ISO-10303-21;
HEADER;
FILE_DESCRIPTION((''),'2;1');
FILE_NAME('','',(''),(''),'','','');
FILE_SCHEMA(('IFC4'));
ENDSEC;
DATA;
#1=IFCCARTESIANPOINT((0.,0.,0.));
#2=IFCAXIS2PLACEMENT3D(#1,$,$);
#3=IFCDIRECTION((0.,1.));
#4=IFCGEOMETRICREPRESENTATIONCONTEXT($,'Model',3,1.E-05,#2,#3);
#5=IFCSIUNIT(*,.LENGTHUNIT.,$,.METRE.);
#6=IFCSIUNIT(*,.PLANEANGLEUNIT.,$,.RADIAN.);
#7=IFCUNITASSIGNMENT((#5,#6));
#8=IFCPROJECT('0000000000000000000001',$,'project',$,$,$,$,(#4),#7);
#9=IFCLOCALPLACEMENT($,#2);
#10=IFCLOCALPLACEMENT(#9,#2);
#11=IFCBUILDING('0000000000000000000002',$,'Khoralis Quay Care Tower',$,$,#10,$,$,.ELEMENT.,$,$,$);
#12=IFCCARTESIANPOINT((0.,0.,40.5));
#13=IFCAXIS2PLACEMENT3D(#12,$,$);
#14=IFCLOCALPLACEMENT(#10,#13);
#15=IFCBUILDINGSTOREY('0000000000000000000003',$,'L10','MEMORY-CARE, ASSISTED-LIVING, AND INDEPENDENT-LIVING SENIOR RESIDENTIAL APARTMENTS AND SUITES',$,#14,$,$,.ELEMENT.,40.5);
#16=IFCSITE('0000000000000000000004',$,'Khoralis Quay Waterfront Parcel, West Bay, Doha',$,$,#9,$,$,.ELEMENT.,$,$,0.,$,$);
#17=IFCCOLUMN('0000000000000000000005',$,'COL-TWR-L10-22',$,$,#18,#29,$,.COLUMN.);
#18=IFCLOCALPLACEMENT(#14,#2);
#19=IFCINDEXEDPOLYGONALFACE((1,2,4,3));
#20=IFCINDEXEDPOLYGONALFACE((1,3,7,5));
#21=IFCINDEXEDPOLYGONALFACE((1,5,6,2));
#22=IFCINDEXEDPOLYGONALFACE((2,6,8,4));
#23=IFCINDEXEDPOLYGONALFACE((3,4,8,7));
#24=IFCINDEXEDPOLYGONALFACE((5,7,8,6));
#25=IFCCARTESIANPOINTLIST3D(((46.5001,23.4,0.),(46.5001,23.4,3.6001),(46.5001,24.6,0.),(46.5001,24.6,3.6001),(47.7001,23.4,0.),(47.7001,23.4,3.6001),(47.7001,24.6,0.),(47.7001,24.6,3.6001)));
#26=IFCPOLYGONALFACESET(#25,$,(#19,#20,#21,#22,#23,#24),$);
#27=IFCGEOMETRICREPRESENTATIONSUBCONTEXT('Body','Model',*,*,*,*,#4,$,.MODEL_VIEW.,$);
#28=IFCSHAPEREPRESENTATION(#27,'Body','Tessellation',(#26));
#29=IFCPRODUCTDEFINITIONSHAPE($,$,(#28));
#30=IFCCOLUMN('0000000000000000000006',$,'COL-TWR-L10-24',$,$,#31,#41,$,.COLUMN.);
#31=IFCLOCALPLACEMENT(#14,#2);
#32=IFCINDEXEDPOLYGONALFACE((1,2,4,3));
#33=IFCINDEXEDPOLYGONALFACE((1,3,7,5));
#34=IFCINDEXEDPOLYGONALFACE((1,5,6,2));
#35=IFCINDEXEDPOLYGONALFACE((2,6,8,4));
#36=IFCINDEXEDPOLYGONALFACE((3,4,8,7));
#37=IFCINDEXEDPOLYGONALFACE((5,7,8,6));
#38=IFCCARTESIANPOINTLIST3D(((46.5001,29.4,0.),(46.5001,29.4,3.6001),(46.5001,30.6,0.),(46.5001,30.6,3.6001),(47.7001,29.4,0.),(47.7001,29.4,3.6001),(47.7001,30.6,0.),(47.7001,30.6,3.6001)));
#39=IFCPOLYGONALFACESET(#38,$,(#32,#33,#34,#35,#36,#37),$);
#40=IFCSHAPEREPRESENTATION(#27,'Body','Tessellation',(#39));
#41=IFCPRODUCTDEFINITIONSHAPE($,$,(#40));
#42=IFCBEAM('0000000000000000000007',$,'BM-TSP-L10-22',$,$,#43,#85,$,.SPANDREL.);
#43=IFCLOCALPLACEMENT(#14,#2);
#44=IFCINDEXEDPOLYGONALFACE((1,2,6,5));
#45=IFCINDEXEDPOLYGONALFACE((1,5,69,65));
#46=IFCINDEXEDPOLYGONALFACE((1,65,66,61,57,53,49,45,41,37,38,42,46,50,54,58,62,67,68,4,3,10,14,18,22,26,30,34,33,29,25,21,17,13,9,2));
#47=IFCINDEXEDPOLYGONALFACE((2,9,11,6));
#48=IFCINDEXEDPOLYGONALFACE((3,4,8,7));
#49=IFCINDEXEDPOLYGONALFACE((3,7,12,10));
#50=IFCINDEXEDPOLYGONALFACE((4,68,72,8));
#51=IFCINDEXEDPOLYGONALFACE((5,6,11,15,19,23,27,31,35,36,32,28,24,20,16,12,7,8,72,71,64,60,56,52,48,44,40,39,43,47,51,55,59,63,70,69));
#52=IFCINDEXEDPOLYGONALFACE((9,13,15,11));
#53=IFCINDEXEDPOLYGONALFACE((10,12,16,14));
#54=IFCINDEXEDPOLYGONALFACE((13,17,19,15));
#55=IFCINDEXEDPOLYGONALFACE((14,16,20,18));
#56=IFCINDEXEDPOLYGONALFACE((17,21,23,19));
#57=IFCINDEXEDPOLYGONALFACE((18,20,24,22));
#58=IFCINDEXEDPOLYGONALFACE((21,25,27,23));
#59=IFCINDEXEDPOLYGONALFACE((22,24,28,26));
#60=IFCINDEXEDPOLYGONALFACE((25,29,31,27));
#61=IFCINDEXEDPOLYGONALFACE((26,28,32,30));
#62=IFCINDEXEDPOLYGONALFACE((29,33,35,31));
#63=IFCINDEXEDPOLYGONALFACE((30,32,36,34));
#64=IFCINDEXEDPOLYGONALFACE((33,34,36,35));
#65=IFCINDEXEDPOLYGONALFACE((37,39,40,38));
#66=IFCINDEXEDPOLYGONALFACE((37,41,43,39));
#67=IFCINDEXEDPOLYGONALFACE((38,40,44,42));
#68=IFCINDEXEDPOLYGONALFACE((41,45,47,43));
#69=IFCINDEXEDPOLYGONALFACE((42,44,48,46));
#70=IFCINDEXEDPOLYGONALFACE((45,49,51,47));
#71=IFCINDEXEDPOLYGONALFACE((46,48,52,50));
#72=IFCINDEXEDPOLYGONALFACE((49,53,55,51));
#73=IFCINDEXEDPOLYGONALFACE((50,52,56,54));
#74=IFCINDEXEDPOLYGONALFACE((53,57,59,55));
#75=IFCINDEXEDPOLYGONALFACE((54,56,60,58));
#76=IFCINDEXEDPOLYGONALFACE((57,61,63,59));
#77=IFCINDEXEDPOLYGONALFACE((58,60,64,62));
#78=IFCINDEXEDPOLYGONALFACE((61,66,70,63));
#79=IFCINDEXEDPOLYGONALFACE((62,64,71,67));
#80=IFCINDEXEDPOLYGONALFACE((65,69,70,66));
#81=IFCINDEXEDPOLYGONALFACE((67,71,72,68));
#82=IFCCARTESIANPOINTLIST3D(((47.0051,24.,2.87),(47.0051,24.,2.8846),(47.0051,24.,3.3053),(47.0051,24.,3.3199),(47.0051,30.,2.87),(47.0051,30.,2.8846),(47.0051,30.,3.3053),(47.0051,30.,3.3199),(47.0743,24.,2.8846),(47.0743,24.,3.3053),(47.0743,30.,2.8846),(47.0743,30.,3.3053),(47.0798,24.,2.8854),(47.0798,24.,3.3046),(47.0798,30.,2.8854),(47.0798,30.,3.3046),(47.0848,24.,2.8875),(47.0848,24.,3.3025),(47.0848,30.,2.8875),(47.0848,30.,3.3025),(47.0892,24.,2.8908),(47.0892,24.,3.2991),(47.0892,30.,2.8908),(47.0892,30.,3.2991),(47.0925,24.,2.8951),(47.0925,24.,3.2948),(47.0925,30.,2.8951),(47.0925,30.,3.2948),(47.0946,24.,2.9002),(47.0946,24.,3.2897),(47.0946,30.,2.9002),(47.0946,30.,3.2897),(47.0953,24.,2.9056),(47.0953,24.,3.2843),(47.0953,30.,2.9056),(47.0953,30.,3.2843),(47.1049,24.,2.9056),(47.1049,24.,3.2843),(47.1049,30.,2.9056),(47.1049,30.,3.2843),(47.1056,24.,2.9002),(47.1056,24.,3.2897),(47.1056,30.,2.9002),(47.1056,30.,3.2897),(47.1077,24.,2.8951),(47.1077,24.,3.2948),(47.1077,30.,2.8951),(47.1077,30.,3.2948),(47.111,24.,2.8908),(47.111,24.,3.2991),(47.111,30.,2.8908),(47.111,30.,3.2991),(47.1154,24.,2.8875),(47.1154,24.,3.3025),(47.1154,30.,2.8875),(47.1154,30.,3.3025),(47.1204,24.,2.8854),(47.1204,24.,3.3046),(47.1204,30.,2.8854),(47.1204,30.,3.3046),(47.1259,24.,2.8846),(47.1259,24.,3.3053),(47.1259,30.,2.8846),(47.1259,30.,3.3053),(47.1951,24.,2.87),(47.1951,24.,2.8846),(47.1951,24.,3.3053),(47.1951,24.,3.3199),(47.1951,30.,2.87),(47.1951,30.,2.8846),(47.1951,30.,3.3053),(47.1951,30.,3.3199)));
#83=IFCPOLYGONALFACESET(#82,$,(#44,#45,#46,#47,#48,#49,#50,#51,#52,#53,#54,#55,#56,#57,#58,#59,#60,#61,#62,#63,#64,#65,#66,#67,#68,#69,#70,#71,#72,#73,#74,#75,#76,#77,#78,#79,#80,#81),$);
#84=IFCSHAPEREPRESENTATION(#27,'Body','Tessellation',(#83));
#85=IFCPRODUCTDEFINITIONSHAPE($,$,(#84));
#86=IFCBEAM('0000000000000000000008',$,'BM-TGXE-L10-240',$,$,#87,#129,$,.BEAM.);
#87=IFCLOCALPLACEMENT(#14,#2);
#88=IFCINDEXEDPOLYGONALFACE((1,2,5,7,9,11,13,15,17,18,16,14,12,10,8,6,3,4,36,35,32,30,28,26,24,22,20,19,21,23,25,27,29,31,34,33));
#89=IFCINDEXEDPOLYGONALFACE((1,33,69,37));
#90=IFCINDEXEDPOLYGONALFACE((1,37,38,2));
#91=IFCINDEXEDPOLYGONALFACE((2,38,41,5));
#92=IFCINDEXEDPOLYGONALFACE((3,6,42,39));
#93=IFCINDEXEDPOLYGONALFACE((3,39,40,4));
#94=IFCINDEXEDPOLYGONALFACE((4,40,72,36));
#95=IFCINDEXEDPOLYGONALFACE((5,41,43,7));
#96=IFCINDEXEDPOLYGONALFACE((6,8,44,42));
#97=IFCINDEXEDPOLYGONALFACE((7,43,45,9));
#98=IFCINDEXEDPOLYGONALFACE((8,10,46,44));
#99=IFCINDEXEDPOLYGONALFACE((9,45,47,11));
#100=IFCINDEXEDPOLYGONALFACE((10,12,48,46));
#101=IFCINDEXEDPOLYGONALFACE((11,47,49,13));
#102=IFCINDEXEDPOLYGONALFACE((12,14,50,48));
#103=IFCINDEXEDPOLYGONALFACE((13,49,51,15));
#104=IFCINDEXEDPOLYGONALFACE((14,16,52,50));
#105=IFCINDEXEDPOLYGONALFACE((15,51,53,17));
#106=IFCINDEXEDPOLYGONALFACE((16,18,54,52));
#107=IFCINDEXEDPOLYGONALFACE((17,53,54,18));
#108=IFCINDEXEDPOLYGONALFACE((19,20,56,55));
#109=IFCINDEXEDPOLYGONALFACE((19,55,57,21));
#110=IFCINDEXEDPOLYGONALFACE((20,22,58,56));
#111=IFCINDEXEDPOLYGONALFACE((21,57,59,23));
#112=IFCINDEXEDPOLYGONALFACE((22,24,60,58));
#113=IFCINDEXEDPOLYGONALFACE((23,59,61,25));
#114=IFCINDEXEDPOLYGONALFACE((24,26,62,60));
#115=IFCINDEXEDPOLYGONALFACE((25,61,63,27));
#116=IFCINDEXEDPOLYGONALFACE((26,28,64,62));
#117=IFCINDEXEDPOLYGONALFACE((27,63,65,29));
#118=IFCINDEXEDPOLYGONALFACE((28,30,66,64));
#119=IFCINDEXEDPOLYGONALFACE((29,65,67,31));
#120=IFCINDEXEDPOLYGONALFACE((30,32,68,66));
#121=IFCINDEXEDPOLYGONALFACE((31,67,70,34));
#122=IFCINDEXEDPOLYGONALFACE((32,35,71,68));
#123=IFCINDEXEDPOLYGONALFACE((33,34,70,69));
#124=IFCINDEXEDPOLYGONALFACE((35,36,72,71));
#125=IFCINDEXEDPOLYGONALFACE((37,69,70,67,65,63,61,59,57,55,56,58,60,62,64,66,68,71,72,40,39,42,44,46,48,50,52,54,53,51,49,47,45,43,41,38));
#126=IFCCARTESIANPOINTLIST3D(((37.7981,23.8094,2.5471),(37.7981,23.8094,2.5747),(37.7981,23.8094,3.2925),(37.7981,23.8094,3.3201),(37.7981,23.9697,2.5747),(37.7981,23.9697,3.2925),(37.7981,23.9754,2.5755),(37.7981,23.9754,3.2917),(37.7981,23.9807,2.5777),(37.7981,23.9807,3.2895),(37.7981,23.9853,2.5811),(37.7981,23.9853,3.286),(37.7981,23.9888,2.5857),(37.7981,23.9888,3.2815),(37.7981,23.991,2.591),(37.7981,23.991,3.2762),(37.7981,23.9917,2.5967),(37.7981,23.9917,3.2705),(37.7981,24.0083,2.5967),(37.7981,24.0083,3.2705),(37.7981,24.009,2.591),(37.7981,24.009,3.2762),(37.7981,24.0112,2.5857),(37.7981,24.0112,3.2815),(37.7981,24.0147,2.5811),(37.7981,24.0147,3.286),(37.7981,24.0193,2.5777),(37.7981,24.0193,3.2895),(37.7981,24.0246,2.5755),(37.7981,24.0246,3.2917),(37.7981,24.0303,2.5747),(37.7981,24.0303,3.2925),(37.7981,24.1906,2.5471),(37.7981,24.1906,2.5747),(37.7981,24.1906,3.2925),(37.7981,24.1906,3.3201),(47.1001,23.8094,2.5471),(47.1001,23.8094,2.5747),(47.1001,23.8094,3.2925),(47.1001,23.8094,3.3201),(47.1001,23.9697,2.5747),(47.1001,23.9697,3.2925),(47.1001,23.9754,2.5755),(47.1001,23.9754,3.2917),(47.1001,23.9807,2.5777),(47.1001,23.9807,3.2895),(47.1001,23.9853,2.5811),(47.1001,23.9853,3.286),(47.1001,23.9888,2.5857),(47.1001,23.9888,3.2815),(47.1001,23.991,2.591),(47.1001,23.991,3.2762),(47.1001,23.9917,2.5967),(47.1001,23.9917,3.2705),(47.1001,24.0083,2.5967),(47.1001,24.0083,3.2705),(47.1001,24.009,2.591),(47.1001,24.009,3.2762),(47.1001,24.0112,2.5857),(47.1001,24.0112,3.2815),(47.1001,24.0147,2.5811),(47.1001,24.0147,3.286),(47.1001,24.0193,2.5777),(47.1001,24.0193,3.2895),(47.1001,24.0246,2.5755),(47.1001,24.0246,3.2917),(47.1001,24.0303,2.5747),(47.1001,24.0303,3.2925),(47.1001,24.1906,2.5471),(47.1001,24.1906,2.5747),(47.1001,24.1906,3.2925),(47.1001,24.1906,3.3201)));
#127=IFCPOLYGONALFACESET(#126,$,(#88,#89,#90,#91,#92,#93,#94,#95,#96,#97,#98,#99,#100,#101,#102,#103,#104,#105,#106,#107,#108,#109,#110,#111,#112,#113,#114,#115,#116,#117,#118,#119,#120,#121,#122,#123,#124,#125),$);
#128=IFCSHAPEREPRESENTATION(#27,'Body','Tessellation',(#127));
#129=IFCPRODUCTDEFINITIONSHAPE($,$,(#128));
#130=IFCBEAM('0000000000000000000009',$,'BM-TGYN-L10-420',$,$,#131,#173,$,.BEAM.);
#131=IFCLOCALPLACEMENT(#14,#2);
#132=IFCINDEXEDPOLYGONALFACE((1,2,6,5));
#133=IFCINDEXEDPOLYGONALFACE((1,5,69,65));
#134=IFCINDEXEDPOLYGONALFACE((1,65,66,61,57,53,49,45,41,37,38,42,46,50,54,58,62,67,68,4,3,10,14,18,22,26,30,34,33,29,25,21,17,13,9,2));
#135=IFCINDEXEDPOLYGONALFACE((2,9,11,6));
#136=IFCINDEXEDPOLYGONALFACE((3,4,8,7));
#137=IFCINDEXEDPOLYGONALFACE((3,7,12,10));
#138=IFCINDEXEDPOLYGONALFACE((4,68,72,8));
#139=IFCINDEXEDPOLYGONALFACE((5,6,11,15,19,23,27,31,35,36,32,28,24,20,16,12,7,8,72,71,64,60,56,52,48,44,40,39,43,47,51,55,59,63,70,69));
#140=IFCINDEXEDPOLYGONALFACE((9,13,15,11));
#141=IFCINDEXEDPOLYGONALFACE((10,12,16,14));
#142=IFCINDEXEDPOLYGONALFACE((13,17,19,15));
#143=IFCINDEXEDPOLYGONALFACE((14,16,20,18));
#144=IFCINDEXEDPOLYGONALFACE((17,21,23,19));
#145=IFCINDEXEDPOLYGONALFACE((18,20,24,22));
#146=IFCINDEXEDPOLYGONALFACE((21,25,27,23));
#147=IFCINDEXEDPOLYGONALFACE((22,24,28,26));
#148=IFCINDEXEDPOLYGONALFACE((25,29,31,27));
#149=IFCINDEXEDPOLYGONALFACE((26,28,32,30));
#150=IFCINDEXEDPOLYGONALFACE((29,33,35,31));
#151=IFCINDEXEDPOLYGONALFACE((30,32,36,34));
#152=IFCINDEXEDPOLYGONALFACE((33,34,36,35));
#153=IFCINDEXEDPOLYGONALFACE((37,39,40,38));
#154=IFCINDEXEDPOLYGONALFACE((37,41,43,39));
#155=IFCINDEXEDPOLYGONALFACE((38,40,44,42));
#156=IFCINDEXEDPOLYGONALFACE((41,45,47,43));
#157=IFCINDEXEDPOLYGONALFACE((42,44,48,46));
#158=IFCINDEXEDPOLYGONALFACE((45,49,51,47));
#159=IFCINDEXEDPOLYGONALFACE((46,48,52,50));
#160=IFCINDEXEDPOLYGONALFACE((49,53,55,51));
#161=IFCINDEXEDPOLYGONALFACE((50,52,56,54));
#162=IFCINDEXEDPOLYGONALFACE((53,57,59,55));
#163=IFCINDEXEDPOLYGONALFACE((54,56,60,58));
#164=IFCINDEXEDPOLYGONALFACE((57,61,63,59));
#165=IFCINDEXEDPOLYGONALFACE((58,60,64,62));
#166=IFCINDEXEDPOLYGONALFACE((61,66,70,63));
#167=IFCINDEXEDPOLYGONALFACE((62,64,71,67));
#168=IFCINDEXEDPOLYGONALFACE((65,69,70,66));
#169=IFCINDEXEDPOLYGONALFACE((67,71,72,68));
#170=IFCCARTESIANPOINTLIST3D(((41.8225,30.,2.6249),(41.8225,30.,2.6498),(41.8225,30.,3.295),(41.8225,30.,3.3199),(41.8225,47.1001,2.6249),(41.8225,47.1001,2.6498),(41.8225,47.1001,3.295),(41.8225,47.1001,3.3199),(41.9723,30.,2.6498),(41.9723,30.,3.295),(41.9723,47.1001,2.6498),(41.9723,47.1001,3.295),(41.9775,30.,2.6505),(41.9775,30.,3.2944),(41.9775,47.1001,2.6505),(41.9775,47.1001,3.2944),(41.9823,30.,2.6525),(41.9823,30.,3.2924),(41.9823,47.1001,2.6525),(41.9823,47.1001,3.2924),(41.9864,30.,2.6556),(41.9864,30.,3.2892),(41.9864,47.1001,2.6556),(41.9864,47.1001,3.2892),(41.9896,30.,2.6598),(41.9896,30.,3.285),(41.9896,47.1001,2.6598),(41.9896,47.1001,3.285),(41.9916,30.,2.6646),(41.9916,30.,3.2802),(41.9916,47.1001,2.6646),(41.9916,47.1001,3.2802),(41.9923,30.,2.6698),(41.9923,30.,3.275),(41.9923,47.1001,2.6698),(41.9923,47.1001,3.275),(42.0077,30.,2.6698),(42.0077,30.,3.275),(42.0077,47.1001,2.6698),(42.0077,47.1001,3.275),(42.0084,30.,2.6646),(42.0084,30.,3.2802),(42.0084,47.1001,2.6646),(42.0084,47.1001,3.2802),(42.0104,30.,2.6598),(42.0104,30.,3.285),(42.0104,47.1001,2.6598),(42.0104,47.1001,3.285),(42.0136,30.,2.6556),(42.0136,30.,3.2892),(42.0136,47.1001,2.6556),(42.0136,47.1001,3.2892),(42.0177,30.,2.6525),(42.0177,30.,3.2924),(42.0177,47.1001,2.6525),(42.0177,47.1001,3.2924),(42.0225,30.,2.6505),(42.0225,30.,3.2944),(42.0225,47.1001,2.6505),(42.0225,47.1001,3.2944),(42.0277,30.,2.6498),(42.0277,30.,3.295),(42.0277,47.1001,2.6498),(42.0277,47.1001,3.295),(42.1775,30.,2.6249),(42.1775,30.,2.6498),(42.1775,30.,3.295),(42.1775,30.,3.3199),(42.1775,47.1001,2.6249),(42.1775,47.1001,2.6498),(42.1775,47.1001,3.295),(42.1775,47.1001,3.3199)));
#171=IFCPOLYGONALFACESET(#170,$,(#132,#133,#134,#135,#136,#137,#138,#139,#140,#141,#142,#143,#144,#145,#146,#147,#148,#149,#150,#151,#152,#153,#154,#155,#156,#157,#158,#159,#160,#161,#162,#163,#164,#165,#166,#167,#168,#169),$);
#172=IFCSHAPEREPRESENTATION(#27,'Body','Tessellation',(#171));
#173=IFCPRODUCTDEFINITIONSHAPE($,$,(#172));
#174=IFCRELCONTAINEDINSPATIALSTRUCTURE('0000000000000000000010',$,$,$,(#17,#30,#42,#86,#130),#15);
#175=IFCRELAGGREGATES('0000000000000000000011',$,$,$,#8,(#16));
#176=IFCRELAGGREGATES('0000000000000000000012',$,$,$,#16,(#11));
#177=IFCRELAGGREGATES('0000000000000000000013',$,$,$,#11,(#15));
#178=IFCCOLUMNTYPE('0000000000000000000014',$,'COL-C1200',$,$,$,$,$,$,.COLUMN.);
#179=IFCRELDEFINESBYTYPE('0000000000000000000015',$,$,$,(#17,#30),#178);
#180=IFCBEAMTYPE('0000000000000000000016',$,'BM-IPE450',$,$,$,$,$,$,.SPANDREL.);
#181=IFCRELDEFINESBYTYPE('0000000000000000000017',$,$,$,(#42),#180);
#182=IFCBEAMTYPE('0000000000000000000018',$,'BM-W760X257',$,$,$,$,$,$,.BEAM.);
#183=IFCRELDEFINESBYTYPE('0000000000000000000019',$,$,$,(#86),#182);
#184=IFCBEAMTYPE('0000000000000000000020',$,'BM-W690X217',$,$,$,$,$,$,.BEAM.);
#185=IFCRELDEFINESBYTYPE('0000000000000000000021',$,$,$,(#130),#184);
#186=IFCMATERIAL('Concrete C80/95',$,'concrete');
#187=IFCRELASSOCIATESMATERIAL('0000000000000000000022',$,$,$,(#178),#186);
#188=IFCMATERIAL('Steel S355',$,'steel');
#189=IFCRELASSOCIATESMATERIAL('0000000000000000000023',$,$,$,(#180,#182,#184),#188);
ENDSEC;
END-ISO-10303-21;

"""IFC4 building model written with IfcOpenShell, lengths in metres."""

from ifc_helpers import new_model, si_unit, direction, frame, origin, origin_2d, place, context, subcontext, project, spatial, rectangle, i_section, extrude, source, transform, mapped, material, material_profile, profile_set, type_object, element, save


model = new_model("IFC4")

# Units and contexts
model_context = context("Model", 3, precision=1e-05, world=origin(), true_north=direction((0.0, 1.0)))
body_context = subcontext(model_context, "Body", "Model", "MODEL_VIEW")
ifc_project = project(units=[si_unit("LENGTHUNIT", "METRE"), si_unit("PLANEANGLEUNIT", "RADIAN")], contexts=[model_context])

# Site, building, storey
site_placement = place(None, origin())
site = spatial("IfcSite", under=ifc_project, at=site_placement, Name="Khoralis Quay Waterfront Parcel, West Bay, Doha", CompositionType="ELEMENT", RefElevation=0.0)
building_placement = place(site_placement, origin())
building = spatial("IfcBuilding", under=site, at=building_placement, Name="Khoralis Quay Care Tower", CompositionType="ELEMENT")
storey_placement = place(building_placement, frame((0.0, 0.0, 40.5)))
storey = spatial("IfcBuildingStorey", under=building, at=storey_placement, Name="L10", Description="MEMORY-CARE, ASSISTED-LIVING, AND INDEPENDENT-LIVING SENIOR RESIDENTIAL APARTMENTS AND SUITES", CompositionType="ELEMENT", Elevation=40.5)

# Columns
ifc_material_1 = material(Name="Concrete C80/95", Category="concrete")
ifc_material_profile_1 = material_profile(ifc_material_1, rectangle(XDim=1.2, YDim=1.2, at=origin_2d()), Name="Concrete C80/95")
ifc_profile_set_1 = profile_set([ifc_material_profile_1], Name="Concrete C80/95")
column_type = type_object("IfcColumnType", Name="COL-C1200", PredefinedType="COLUMN", material=ifc_profile_set_1)
shared_shape_1 = source(origin(), body_context, "Body", "SweptSolid", [
    extrude(rectangle(XDim=1.2, YDim=1.2, at=origin_2d()), origin(), (0.0, 0.0, 1.0), 3.6001),
])
for number, where, z_axis, x_axis, name in (
    (1, (47.1001, 24.0, 0.0), (0.0, 0.0, 1.0), (1.0, 0.0, 0.0), "COL-TWR-L10-22"),
    (2, (47.1001, 30.0, 0.0), (0.0, 0.0, 1.0), (1.0, 0.0, 0.0), "COL-TWR-L10-24"),
):
    element("IfcColumn", number, at=place(storey_placement, frame(where, z_axis=z_axis, x_axis=x_axis)), inside=storey, type_object=column_type, Name=name, PredefinedType="COLUMN", context=body_context, shape_type="MappedRepresentation", body=[
        mapped(shared_shape_1, transform((0.0, 0.0, 0.0), scale=1.0)),
    ])

# Beams
ifc_material_2 = material(Name="Steel S355", Category="steel")
ifc_material_profile_2 = material_profile(ifc_material_2, i_section(OverallWidth=0.1899, OverallDepth=0.45, WebThickness=0.0095, FlangeThickness=0.0146, FilletRadius=0.021, at=origin_2d()), Name="Steel S355")
ifc_profile_set_2 = profile_set([ifc_material_profile_2], Name="Steel S355")
beam_type_1 = type_object("IfcBeamType", Name="BM-IPE450", PredefinedType="SPANDREL", material=ifc_profile_set_2)
shared_shape_2 = source(origin(), body_context, "Body", "SweptSolid", [
    extrude(i_section(OverallWidth=0.1899, OverallDepth=0.45, WebThickness=0.0095, FlangeThickness=0.0146, FilletRadius=0.021, at=origin_2d()), origin(), (0.0, 0.0, 1.0), 6.0),
])
beam_1_placement = place(storey_placement, frame((47.1001, 24.0, 3.095), z_axis=(0.0, 1.0, 0.0), x_axis=(-1.0, 0.0, 0.0)))
element("IfcBeam", 3, at=beam_1_placement, inside=storey, type_object=beam_type_1, Name="BM-TSP-L10-22", PredefinedType="SPANDREL", context=body_context, shape_type="MappedRepresentation", body=[
    mapped(shared_shape_2, transform((0.0, 0.0, 0.0), scale=1.0)),
])
ifc_material_profile_3 = material_profile(ifc_material_2, i_section(OverallWidth=0.3811, OverallDepth=0.7729, WebThickness=0.0166, FlangeThickness=0.0276, FilletRadius=0.022, at=origin_2d()), Name="Steel S355")
ifc_profile_set_3 = profile_set([ifc_material_profile_3], Name="Steel S355")
beam_type_2 = type_object("IfcBeamType", Name="BM-W760X257", PredefinedType="BEAM", material=ifc_profile_set_3)
shared_shape_3 = source(origin(), body_context, "Body", "SweptSolid", [
    extrude(i_section(OverallWidth=0.3811, OverallDepth=0.7729, WebThickness=0.0166, FlangeThickness=0.0276, FilletRadius=0.022, at=origin_2d()), origin(), (0.0, 0.0, 1.0), 9.302),
])
beam_2_placement = place(storey_placement, frame((37.7981, 24.0, 2.9336), z_axis=(1.0, 0.0, 0.0), x_axis=(0.0, 1.0, 0.0)))
element("IfcBeam", 4, at=beam_2_placement, inside=storey, type_object=beam_type_2, Name="BM-TGXE-L10-240", PredefinedType="BEAM", context=body_context, shape_type="MappedRepresentation", body=[
    mapped(shared_shape_3, transform((0.0, 0.0, 0.0), scale=1.0)),
])
ifc_material_profile_4 = material_profile(ifc_material_2, i_section(OverallWidth=0.355, OverallDepth=0.6951, WebThickness=0.0154, FlangeThickness=0.0249, FilletRadius=0.02, at=origin_2d()), Name="Steel S355")
ifc_profile_set_4 = profile_set([ifc_material_profile_4], Name="Steel S355")
beam_type_3 = type_object("IfcBeamType", Name="BM-W690X217", PredefinedType="BEAM", material=ifc_profile_set_4)
shared_shape_4 = source(origin(), body_context, "Body", "SweptSolid", [
    extrude(i_section(OverallWidth=0.355, OverallDepth=0.6951, WebThickness=0.0154, FlangeThickness=0.0249, FilletRadius=0.02, at=origin_2d()), origin(), (0.0, 0.0, 1.0), 17.1001),
])
beam_3_placement = place(storey_placement, frame((42.0, 30.0, 2.9724), z_axis=(0.0, 1.0, 0.0), x_axis=(-1.0, 0.0, 0.0)))
element("IfcBeam", 5, at=beam_3_placement, inside=storey, type_object=beam_type_3, Name="BM-TGYN-L10-420", PredefinedType="BEAM", context=body_context, shape_type="MappedRepresentation", body=[
    mapped(shared_shape_4, transform((0.0, 0.0, 0.0), scale=1.0)),
])

save(model, "model.ifc")
